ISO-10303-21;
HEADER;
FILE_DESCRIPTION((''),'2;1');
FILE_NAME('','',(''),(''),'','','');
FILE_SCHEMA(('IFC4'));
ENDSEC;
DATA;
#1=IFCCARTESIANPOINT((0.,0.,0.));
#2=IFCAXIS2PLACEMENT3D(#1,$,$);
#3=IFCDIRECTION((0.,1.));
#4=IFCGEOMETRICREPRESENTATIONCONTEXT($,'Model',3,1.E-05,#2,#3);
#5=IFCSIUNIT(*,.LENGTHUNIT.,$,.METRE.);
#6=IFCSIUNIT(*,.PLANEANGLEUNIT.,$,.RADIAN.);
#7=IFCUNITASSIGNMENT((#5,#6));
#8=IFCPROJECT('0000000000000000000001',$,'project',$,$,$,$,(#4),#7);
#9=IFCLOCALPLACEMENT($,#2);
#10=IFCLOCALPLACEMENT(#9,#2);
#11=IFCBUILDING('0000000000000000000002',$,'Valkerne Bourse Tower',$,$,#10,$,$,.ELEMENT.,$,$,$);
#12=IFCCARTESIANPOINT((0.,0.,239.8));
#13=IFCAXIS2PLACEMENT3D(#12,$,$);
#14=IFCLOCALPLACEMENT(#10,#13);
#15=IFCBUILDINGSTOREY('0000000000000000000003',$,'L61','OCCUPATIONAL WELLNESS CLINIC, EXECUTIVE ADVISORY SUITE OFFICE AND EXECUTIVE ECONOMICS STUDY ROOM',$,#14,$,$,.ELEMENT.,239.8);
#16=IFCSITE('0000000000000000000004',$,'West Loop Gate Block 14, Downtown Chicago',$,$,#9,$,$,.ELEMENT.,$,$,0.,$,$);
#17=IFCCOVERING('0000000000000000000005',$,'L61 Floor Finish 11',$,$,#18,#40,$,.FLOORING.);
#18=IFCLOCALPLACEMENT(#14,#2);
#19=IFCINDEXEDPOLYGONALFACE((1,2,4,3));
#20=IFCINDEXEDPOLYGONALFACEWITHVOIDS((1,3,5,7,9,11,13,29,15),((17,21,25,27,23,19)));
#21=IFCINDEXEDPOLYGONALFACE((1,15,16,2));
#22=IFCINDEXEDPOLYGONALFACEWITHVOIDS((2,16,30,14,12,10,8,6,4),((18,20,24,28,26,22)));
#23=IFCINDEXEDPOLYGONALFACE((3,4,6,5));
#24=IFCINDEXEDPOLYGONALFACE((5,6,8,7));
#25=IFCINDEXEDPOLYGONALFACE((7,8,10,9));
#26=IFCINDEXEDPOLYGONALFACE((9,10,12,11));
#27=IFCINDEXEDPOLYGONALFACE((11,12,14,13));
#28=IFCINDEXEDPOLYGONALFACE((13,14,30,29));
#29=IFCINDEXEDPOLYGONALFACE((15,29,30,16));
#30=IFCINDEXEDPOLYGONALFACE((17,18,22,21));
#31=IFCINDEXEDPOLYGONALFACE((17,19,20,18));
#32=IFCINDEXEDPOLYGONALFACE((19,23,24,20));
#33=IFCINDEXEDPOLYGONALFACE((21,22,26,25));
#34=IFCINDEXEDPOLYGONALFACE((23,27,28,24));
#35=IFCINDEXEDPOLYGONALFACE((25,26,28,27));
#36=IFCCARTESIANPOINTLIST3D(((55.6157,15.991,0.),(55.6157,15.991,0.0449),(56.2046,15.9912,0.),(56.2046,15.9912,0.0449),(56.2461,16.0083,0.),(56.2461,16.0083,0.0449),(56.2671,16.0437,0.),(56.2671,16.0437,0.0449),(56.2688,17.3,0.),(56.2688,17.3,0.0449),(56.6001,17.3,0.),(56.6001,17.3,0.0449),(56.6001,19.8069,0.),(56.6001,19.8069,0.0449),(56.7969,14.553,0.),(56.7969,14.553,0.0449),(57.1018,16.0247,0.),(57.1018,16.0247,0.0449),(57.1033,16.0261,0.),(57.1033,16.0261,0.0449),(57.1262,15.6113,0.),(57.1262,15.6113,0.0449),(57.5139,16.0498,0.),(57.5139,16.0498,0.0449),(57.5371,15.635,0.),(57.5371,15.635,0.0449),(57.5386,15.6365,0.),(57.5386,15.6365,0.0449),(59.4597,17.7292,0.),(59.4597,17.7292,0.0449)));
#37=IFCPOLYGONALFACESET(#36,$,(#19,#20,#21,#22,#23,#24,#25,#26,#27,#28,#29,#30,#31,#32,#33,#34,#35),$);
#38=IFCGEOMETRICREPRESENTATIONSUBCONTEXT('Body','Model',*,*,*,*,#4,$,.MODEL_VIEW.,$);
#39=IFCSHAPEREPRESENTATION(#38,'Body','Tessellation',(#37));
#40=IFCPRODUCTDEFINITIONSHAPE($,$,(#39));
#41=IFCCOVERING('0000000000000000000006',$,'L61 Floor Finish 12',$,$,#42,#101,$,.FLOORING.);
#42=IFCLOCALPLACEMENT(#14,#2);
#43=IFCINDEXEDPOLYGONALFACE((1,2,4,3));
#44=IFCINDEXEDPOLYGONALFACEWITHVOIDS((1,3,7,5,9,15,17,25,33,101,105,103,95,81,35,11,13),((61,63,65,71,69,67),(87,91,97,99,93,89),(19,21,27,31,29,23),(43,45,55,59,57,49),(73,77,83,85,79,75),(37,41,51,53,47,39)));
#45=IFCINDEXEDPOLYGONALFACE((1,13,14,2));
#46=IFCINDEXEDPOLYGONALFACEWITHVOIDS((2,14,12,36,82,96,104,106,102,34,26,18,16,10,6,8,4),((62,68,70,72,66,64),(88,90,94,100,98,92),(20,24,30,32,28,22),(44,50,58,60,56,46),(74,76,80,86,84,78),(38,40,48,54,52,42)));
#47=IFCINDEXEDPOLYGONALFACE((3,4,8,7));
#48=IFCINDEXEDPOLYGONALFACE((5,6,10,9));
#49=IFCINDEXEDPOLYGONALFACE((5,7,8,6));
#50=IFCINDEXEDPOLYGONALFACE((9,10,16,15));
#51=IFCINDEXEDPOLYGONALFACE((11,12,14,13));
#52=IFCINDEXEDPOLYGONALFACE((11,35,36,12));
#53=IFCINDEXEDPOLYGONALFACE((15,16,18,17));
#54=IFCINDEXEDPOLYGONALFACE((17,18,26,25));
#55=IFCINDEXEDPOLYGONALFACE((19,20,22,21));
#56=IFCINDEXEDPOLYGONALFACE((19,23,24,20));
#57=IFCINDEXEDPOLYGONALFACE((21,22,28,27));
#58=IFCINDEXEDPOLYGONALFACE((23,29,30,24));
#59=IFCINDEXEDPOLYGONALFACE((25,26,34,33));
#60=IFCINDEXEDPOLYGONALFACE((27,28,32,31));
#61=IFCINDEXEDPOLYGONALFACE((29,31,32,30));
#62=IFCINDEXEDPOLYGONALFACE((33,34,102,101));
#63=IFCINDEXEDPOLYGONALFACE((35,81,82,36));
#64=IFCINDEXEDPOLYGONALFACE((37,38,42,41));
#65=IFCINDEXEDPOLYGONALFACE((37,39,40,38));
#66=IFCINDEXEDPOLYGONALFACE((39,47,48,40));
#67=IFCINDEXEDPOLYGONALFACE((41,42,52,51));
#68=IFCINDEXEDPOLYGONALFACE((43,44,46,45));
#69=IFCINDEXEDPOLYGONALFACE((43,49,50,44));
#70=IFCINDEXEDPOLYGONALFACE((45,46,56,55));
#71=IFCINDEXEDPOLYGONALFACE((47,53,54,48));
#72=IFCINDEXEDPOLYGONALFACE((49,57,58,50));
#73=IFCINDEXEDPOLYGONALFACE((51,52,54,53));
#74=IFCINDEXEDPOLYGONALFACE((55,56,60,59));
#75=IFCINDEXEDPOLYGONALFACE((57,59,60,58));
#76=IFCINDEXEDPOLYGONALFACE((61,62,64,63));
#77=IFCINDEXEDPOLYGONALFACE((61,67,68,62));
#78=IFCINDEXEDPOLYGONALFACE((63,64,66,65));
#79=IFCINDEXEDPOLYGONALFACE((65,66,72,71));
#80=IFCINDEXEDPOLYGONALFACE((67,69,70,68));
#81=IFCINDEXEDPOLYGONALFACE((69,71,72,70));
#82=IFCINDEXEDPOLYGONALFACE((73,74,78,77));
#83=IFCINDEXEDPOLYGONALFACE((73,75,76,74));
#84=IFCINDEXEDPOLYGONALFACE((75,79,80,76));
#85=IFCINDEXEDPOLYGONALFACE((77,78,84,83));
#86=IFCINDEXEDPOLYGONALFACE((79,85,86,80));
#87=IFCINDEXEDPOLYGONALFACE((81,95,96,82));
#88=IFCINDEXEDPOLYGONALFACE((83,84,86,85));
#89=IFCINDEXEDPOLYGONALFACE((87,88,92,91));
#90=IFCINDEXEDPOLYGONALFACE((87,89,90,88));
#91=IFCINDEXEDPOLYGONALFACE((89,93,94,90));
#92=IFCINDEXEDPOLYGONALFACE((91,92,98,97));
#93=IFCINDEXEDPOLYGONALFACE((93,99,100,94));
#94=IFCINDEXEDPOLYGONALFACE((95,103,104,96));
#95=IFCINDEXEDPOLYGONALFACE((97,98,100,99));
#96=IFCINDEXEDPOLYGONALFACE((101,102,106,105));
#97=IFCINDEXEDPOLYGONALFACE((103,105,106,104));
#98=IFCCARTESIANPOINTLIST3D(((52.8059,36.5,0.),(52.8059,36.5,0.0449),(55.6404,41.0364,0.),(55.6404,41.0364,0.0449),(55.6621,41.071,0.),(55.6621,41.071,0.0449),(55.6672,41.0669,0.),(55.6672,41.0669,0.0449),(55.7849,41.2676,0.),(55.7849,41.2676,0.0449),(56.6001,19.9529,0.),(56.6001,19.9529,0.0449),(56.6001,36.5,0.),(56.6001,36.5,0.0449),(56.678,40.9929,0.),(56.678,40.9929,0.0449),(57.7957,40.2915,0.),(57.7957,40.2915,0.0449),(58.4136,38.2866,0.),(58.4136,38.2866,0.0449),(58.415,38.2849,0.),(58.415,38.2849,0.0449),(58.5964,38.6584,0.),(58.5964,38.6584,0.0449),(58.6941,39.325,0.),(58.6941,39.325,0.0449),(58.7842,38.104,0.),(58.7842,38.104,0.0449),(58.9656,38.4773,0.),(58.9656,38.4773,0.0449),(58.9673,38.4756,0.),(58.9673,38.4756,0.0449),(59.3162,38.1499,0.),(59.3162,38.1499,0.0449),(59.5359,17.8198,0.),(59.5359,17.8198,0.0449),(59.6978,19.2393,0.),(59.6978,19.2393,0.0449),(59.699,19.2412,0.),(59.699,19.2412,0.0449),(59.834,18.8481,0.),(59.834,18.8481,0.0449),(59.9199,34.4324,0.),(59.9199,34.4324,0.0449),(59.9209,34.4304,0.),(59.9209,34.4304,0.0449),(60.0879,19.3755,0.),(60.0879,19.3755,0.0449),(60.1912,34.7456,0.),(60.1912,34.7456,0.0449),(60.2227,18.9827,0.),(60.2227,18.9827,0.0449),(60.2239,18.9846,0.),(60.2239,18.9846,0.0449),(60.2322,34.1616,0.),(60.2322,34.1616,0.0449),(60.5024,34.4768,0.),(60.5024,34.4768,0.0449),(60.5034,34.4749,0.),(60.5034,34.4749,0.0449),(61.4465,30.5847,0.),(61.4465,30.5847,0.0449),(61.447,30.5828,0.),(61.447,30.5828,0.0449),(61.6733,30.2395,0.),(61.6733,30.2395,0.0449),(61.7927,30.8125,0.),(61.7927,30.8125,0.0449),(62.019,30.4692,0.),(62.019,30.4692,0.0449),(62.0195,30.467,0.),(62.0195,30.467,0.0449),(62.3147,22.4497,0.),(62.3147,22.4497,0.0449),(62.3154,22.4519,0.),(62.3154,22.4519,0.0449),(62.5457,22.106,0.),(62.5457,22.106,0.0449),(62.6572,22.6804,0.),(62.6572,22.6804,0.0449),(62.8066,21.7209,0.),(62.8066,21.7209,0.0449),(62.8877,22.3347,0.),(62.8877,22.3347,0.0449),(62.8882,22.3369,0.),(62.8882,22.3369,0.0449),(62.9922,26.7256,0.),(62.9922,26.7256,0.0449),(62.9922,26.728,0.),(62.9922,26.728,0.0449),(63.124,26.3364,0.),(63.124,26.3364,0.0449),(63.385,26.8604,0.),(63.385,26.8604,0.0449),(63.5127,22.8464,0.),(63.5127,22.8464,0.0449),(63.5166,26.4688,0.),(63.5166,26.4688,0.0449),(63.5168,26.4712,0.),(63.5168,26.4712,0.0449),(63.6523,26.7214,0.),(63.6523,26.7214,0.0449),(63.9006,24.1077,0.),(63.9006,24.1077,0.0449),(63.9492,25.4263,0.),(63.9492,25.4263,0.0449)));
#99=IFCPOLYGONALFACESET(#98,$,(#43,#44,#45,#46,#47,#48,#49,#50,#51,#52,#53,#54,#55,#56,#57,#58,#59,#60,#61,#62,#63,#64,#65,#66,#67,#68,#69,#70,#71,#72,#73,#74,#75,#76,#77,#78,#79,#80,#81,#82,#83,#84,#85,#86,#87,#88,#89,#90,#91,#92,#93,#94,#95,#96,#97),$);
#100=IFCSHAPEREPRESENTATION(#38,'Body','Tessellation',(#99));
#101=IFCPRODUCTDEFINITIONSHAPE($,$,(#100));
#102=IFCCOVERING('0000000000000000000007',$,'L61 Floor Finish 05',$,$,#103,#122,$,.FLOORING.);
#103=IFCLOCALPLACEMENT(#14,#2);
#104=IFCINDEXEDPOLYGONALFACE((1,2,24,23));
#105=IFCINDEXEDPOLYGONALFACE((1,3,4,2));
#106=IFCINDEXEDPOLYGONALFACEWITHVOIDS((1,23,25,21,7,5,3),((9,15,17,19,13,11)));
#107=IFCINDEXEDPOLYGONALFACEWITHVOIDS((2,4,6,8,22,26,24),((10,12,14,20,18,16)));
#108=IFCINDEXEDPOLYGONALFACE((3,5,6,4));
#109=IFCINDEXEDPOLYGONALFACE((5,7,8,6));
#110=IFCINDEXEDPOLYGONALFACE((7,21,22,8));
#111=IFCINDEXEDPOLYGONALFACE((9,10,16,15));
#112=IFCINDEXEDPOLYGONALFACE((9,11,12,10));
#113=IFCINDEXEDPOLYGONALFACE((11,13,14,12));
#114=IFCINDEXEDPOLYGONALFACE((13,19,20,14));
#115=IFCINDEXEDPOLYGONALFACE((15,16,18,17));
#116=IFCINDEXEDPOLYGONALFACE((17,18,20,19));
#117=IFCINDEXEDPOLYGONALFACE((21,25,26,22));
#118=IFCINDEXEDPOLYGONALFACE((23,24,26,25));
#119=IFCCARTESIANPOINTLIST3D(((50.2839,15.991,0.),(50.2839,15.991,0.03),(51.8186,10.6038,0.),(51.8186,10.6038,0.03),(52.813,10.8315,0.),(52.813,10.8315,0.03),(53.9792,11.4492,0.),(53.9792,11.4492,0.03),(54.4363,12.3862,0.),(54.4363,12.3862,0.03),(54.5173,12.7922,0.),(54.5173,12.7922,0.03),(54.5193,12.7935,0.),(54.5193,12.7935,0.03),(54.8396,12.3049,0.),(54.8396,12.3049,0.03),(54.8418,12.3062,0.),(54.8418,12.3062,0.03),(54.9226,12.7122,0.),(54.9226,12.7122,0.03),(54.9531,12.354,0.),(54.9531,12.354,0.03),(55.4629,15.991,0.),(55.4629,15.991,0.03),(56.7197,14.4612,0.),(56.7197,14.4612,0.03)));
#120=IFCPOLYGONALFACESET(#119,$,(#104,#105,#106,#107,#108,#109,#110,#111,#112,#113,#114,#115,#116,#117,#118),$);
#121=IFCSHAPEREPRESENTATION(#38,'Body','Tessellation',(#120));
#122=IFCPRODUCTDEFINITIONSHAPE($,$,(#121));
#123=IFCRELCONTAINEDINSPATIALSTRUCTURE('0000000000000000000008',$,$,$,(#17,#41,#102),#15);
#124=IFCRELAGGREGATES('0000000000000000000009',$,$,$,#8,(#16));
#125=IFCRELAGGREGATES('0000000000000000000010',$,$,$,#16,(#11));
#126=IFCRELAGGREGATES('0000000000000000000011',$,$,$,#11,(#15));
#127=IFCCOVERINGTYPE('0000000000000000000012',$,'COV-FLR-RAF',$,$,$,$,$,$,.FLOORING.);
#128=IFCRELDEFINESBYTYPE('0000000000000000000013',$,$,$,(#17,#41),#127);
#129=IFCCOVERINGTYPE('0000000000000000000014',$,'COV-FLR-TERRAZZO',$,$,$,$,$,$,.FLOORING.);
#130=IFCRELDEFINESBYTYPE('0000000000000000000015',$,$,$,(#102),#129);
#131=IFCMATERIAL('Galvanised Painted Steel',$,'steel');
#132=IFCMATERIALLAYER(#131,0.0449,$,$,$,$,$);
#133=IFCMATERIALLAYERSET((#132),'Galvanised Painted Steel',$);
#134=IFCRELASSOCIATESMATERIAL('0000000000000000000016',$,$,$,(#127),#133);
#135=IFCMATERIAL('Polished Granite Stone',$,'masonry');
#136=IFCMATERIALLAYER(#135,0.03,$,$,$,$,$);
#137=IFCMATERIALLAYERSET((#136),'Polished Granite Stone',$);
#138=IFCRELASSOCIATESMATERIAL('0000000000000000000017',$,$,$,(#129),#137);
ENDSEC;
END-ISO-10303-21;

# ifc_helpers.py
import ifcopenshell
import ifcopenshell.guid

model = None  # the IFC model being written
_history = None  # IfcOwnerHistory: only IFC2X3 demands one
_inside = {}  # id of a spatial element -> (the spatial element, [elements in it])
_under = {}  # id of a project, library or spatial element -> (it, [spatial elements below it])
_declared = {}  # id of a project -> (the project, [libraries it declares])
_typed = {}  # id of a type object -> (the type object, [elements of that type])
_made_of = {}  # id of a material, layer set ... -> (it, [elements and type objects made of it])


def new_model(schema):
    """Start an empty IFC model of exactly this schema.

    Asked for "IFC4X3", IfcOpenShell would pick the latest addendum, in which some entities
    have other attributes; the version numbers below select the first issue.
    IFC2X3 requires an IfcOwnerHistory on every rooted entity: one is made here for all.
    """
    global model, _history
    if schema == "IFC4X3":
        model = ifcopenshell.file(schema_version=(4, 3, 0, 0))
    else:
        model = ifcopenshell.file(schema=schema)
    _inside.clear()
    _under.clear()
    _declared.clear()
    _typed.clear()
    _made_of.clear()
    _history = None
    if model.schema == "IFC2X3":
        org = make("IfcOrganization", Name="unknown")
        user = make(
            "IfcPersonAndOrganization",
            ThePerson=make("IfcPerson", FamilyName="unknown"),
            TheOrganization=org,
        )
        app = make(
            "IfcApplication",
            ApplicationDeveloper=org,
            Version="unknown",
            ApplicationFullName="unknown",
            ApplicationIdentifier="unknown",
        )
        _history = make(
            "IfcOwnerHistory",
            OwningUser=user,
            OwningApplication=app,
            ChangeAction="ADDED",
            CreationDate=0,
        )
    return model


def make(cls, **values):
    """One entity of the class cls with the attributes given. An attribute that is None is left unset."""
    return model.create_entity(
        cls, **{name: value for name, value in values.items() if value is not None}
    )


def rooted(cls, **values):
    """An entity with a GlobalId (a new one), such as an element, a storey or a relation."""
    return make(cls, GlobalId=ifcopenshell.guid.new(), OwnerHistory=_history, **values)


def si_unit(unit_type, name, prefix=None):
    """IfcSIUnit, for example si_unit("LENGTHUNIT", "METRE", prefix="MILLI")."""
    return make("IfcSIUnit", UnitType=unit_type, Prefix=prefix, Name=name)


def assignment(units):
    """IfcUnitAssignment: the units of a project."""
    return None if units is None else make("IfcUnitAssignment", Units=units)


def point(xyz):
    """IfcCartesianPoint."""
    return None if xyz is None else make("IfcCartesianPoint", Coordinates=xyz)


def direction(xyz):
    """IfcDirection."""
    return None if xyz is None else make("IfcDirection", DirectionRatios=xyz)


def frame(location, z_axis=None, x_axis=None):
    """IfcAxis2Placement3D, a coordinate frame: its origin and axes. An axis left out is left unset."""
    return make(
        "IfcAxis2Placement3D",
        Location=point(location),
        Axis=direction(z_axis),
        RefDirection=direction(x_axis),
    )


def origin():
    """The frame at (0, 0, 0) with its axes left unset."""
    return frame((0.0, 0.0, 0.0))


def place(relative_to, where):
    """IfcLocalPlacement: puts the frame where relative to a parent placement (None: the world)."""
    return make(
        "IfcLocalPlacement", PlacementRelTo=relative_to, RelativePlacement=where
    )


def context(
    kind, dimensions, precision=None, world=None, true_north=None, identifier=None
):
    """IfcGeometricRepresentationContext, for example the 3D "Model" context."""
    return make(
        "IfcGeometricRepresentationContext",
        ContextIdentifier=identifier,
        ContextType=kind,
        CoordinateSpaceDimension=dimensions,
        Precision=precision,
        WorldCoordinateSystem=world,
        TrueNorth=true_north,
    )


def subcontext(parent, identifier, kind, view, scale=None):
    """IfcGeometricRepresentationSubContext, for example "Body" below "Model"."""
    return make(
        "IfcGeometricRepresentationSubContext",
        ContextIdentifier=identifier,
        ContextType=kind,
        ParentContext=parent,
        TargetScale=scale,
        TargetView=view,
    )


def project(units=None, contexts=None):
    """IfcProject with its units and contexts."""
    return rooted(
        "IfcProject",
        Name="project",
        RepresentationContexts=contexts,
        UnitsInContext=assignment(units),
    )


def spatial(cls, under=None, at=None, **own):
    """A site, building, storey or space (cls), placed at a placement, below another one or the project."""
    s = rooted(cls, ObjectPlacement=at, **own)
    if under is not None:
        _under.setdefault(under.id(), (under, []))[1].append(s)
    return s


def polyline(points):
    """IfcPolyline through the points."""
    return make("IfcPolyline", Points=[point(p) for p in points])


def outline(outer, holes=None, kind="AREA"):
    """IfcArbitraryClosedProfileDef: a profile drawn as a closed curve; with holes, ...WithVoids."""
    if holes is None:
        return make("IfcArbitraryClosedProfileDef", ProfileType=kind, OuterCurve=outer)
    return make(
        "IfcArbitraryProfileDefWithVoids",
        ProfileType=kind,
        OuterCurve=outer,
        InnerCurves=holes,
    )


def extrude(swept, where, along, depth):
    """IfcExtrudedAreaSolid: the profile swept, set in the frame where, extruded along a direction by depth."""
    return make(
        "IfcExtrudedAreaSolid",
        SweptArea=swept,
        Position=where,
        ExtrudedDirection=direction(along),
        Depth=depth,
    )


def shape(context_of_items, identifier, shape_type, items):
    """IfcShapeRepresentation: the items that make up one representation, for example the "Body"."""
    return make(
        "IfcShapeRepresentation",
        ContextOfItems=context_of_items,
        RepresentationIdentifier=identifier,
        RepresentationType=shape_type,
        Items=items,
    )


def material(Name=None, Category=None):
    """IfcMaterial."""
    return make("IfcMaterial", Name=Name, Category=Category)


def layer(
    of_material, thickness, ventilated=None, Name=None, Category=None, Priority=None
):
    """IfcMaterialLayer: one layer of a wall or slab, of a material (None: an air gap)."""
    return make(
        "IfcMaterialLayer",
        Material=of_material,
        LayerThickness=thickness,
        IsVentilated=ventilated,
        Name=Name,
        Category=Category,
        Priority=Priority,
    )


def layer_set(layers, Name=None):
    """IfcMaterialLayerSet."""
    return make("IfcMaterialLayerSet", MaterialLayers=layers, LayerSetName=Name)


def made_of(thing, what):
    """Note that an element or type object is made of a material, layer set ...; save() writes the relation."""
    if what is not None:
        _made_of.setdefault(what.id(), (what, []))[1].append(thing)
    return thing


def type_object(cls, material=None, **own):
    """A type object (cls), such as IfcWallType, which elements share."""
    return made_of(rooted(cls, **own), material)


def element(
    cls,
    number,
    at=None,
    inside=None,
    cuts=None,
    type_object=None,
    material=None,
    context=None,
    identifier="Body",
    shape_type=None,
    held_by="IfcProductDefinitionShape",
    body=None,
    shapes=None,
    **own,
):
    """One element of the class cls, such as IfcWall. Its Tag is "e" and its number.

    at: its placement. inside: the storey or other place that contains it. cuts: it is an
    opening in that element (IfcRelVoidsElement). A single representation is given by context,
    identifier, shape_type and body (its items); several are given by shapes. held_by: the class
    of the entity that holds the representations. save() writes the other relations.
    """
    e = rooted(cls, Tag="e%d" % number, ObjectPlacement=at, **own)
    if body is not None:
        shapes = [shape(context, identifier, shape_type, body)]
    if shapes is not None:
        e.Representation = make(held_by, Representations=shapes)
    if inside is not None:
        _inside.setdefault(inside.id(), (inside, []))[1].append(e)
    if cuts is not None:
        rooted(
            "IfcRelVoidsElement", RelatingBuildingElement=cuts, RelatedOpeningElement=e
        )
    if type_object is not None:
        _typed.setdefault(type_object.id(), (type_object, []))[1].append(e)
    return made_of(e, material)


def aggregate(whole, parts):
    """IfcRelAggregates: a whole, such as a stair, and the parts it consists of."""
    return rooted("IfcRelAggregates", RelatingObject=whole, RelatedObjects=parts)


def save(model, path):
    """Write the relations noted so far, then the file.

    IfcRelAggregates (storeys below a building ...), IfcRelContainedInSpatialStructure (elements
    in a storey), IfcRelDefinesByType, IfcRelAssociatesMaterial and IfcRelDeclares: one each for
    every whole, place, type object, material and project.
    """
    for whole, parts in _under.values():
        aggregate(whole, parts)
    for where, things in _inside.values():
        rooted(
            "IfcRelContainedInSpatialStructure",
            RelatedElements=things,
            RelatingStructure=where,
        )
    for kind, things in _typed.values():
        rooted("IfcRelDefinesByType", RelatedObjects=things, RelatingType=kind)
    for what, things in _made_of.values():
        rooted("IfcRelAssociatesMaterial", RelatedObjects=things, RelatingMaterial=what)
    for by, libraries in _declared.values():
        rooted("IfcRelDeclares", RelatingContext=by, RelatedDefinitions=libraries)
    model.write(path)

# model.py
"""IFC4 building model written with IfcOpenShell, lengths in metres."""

from ifc_helpers import new_model, si_unit, direction, frame, origin, place, context, subcontext, project, spatial, polyline, outline, extrude, material, layer, layer_set, type_object, element, save


model = new_model("IFC4")

# Units and contexts
model_context = context("Model", 3, precision=1e-05, world=origin(), true_north=direction((0.0, 1.0)))
body_context = subcontext(model_context, "Body", "Model", "MODEL_VIEW")
ifc_project = project(units=[si_unit("LENGTHUNIT", "METRE"), si_unit("PLANEANGLEUNIT", "RADIAN")], contexts=[model_context])

# Site, building, storey
site_placement = place(None, origin())
site = spatial("IfcSite", under=ifc_project, at=site_placement, Name="West Loop Gate Block 14, Downtown Chicago", CompositionType="ELEMENT", RefElevation=0.0)
building_placement = place(site_placement, origin())
building = spatial("IfcBuilding", under=site, at=building_placement, Name="Valkerne Bourse Tower", CompositionType="ELEMENT")
storey_placement = place(building_placement, frame((0.0, 0.0, 239.8)))
storey = spatial("IfcBuildingStorey", under=building, at=storey_placement, Name="L61", Description="OCCUPATIONAL WELLNESS CLINIC, EXECUTIVE ADVISORY SUITE OFFICE AND EXECUTIVE ECONOMICS STUDY ROOM", CompositionType="ELEMENT", Elevation=239.8)

# Coverings
ifc_material_1 = material(Name="Galvanised Painted Steel", Category="steel")
ifc_layer_1 = layer(ifc_material_1, 0.0449)
ifc_layer_set_1 = layer_set([ifc_layer_1], Name="Galvanised Painted Steel")
covering_type_1 = type_object("IfcCoveringType", Name="COV-FLR-RAF", PredefinedType="FLOORING", material=ifc_layer_set_1)
covering_1_placement = place(storey_placement, origin())
element("IfcCovering", 1, at=covering_1_placement, inside=storey, type_object=covering_type_1, Name="L61 Floor Finish 11", PredefinedType="FLOORING", context=body_context, shape_type="SweptSolid", body=[
    extrude(outline(polyline([(56.2046, 15.9912), (56.2461, 16.0083), (56.2671, 16.0437), (56.2688, 17.3), (56.6001, 17.3), (56.6001, 19.8069), (59.4597, 17.7292), (56.7969, 14.553), (55.6157, 15.991), (56.2046, 15.9912)]), holes=[polyline([(57.5386, 15.6365), (57.5139, 16.0498), (57.1033, 16.0261), (57.1018, 16.0247), (57.1262, 15.6113), (57.5371, 15.635), (57.5386, 15.6365)])]), origin(), (0.0, 0.0, 1.0), 0.0449),
])
covering_2_placement = place(storey_placement, origin())
element("IfcCovering", 2, at=covering_2_placement, inside=storey, type_object=covering_type_1, Name="L61 Floor Finish 12", PredefinedType="FLOORING", context=body_context, shape_type="SweptSolid", body=[
    extrude(outline(polyline([(63.5127, 22.8464), (62.8066, 21.7209), (59.5359, 17.8198), (56.6001, 19.9529), (56.6001, 36.5), (52.8059, 36.5), (55.6404, 41.0364), (55.6672, 41.0669), (55.6621, 41.071), (55.7849, 41.2676), (56.678, 40.9929), (57.7957, 40.2915), (58.6941, 39.325), (59.3162, 38.1499), (63.6523, 26.7214), (63.9492, 25.4263), (63.9006, 24.1077), (63.5127, 22.8464)]), holes=[polyline([(60.2239, 18.9846), (60.0879, 19.3755), (59.699, 19.2412), (59.6978, 19.2393), (59.834, 18.8481), (60.2227, 18.9827), (60.2239, 18.9846)]), polyline([(62.8882, 22.3369), (62.6572, 22.6804), (62.3154, 22.4519), (62.3147, 22.4497), (62.5457, 22.106), (62.8877, 22.3347), (62.8882, 22.3369)]), polyline([(63.5166, 26.4688), (63.5168, 26.4712), (63.385, 26.8604), (62.9922, 26.728), (62.9922, 26.7256), (63.124, 26.3364), (63.5166, 26.4688)]), polyline([(62.019, 30.4692), (61.7927, 30.8125), (61.4465, 30.5847), (61.447, 30.5828), (61.6733, 30.2395), (62.0195, 30.467), (62.019, 30.4692)]), polyline([(60.5024, 34.4768), (60.1912, 34.7456), (59.9199, 34.4324), (59.9209, 34.4304), (60.2322, 34.1616), (60.5034, 34.4749), (60.5024, 34.4768)]), polyline([(58.9656, 38.4773), (58.5964, 38.6584), (58.4136, 38.2866), (58.415, 38.2849), (58.7842, 38.104), (58.9673, 38.4756), (58.9656, 38.4773)])]), origin(), (0.0, 0.0, 1.0), 0.0449),
])
ifc_material_2 = material(Name="Polished Granite Stone", Category="masonry")
ifc_layer_2 = layer(ifc_material_2, 0.03)
ifc_layer_set_2 = layer_set([ifc_layer_2], Name="Polished Granite Stone")
covering_type_2 = type_object("IfcCoveringType", Name="COV-FLR-TERRAZZO", PredefinedType="FLOORING", material=ifc_layer_set_2)
covering_3_placement = place(storey_placement, origin())
element("IfcCovering", 3, at=covering_3_placement, inside=storey, type_object=covering_type_2, Name="L61 Floor Finish 05", PredefinedType="FLOORING", context=body_context, shape_type="SweptSolid", body=[
    extrude(outline(polyline([(52.813, 10.8315), (51.8186, 10.6038), (50.2839, 15.991), (55.4629, 15.991), (56.7197, 14.4612), (54.9531, 12.354), (53.9792, 11.4492), (52.813, 10.8315)]), holes=[polyline([(54.9226, 12.7122), (54.5193, 12.7935), (54.5173, 12.7922), (54.4363, 12.3862), (54.8396, 12.3049), (54.8418, 12.3062), (54.9226, 12.7122)])]), origin(), (0.0, 0.0, 1.0), 0.03),
])

save(model, "model.ifc")
